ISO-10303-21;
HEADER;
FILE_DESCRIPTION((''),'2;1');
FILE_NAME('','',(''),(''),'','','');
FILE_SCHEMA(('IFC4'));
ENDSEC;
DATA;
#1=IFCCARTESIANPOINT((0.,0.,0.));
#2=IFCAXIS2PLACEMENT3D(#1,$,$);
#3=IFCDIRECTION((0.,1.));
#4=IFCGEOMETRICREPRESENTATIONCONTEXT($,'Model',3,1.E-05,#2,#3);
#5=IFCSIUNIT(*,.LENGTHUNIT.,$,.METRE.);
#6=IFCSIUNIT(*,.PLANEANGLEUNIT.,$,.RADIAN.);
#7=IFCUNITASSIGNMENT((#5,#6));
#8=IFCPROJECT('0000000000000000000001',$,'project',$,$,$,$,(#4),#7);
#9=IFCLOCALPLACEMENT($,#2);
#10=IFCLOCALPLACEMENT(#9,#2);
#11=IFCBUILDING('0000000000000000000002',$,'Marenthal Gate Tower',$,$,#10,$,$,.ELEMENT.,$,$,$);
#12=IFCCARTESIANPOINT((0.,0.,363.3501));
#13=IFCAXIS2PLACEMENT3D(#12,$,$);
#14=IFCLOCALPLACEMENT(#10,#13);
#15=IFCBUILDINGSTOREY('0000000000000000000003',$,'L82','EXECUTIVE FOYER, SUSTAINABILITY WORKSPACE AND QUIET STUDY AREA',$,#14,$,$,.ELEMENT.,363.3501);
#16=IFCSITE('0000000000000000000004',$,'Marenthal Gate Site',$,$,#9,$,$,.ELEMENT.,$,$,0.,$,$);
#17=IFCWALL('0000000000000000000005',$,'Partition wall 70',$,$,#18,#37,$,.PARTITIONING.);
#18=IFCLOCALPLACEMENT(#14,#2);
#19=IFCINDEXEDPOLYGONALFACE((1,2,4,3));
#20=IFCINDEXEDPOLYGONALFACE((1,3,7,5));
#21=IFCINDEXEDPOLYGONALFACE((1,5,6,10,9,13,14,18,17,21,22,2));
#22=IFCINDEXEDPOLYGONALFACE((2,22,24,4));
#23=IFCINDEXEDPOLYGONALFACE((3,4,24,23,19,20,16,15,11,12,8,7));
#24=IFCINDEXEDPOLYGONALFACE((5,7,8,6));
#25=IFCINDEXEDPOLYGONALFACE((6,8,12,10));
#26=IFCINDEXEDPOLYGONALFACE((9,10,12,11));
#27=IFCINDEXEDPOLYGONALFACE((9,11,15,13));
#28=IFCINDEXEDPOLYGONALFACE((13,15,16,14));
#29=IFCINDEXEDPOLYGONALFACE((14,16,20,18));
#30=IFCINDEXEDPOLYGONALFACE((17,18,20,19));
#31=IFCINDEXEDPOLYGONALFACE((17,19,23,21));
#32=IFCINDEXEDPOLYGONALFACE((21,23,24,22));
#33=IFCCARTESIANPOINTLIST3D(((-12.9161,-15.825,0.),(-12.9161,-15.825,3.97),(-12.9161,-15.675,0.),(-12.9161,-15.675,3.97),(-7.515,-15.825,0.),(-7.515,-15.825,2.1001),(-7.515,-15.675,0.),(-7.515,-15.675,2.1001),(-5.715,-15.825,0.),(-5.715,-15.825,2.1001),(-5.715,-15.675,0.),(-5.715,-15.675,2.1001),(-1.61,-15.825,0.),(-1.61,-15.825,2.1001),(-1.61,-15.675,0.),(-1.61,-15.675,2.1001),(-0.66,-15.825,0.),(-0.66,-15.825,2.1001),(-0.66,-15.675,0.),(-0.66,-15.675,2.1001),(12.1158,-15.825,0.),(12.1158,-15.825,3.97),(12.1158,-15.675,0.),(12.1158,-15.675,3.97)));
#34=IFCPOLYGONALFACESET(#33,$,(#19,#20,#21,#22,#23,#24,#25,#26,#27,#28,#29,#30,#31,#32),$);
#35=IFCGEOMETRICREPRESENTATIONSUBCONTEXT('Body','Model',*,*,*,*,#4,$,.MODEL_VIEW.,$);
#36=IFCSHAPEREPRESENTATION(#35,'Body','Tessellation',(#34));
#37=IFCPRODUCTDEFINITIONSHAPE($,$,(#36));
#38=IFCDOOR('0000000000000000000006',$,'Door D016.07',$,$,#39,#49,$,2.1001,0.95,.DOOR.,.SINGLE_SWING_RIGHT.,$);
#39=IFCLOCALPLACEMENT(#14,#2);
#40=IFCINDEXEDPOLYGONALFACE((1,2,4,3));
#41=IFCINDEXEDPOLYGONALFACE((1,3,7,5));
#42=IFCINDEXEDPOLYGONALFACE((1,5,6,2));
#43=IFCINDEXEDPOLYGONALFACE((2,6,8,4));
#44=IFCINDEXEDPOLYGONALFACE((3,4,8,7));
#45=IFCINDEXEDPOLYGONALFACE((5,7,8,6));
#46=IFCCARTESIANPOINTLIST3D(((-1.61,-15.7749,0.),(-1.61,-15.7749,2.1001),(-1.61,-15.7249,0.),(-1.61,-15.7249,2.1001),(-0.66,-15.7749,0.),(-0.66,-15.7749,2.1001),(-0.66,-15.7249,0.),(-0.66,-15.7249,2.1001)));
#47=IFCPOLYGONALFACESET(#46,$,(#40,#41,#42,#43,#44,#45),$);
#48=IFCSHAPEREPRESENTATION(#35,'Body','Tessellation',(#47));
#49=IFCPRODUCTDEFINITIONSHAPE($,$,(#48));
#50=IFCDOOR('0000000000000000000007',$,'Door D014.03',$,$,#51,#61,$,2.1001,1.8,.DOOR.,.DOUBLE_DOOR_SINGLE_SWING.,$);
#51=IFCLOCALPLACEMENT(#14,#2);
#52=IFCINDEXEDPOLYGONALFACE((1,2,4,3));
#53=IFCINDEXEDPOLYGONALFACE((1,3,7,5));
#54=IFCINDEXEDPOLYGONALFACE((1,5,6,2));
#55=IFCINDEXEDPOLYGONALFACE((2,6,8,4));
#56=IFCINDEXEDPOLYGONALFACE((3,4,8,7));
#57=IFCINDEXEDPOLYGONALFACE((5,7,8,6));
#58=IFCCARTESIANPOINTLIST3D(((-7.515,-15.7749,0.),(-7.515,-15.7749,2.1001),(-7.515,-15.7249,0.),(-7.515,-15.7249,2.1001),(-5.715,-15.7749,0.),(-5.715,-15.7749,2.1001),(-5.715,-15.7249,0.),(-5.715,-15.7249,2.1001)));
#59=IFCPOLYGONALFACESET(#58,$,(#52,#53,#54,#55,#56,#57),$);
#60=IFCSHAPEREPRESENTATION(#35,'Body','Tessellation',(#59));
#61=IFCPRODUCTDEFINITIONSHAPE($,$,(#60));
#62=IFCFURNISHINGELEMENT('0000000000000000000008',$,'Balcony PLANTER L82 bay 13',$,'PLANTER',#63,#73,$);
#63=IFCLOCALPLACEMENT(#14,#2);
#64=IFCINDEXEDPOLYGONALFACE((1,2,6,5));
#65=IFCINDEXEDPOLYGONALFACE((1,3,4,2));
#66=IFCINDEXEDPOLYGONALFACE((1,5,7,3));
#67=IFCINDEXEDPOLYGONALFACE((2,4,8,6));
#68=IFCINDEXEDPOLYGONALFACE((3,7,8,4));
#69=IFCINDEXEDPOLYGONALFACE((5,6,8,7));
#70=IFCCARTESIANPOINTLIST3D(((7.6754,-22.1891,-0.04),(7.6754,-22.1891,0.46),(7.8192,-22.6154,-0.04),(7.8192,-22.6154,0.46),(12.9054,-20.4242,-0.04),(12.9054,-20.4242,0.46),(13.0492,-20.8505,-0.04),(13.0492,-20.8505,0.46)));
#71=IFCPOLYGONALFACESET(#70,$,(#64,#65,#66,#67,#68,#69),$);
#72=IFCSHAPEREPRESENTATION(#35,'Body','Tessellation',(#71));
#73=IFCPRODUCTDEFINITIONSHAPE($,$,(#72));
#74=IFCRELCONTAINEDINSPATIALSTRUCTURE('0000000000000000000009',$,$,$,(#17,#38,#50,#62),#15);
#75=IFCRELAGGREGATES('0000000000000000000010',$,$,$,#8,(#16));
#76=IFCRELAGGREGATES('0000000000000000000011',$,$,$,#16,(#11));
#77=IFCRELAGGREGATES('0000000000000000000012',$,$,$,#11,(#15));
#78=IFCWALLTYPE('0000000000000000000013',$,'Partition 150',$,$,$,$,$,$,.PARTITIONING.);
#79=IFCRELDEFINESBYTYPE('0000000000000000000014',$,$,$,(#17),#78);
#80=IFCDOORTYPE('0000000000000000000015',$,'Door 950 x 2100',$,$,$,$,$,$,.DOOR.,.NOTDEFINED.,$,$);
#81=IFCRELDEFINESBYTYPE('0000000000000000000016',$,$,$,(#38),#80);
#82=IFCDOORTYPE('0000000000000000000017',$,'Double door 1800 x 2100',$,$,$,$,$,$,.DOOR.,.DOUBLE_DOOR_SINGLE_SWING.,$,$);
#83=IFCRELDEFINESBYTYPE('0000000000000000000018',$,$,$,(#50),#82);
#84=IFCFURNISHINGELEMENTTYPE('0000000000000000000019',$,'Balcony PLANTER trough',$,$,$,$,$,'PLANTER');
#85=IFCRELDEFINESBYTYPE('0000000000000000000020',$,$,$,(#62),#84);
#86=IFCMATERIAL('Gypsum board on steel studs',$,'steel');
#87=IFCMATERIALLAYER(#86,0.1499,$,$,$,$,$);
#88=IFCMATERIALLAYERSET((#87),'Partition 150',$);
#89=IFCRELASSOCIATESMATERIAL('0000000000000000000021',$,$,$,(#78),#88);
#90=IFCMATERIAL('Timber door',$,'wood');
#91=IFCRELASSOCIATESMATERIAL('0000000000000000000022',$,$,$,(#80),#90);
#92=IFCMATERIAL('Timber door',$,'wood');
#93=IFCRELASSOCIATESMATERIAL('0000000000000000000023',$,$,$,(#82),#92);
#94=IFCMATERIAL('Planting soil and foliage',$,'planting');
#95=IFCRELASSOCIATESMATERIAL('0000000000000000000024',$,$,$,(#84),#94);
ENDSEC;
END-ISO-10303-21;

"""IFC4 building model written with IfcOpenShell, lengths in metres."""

from ifc_helpers import new_model, si_unit, direction, frame, frame_2d, origin, origin_2d, place, context, subcontext, project, spatial, rectangle, extrude, material, layer, layer_set, type_object, element, fill, save


model = new_model("IFC4")

# Units and contexts
model_context = context("Model", 3, precision=1e-05, world=origin(), true_north=direction((0.0, 1.0)))
body_context = subcontext(model_context, "Body", "Model", "MODEL_VIEW")
ifc_project = project(units=[si_unit("LENGTHUNIT", "METRE"), si_unit("PLANEANGLEUNIT", "RADIAN")], contexts=[model_context])

# Site, building, storey
site_placement = place(None, origin())
site = spatial("IfcSite", under=ifc_project, at=site_placement, Name="Marenthal Gate Site", CompositionType="ELEMENT", RefElevation=0.0)
building_placement = place(site_placement, origin())
building = spatial("IfcBuilding", under=site, at=building_placement, Name="Marenthal Gate Tower", CompositionType="ELEMENT")
storey_placement = place(building_placement, frame((0.0, 0.0, 363.3501)))
storey = spatial("IfcBuildingStorey", under=building, at=storey_placement, Name="L82", Description="EXECUTIVE FOYER, SUSTAINABILITY WORKSPACE AND QUIET STUDY AREA", CompositionType="ELEMENT", Elevation=363.3501)

# Shared definitions
ifc_material_1 = material(Name="Gypsum board on steel studs", Category="steel")
ifc_layer_1 = layer(ifc_material_1, 0.1499)
ifc_layer_set_1 = layer_set([ifc_layer_1], Name="Partition 150")
wall_type_1 = type_object("IfcWallType", Name="Partition 150", PredefinedType="PARTITIONING", material=ifc_layer_set_1)

# Wall, openings, doors
wall_1_placement = place(storey_placement, frame((12.116, -15.75, 0.0), z_axis=(0.0, 0.0, 1.0), x_axis=(-1.0, 0.0, 0.0)))
wall_1 = element("IfcWall", 1, at=wall_1_placement, inside=storey, type_object=wall_type_1, Name="Partition wall 70", PredefinedType="PARTITIONING", context=body_context, shape_type="SweptSolid", body=[
    extrude(rectangle(XDim=25.032, YDim=0.1499, at=frame_2d((12.5161, 0.0))), origin(), (0.0, 0.0, 1.0), 3.97),
])
opening_1_placement = place(wall_1_placement, frame((12.7759, 0.0, 0.0)))
opening_1 = element("IfcOpeningElement", 2, at=opening_1_placement, cuts=wall_1, PredefinedType="OPENING", context=body_context, shape_type="SweptSolid", body=[
    extrude(rectangle(XDim=0.95, YDim=2.1001, at=frame_2d((0.4751, 1.05))), frame((0.0, 0.085, 0.0), z_axis=(0.0, -1.0, 0.0), x_axis=(1.0, 0.0, 0.0)), (0.0, 0.0, 1.0), 0.1699),
])
opening_2_placement = place(wall_1_placement, frame((17.8311, 0.0, 0.0)))
opening_2 = element("IfcOpeningElement", 3, at=opening_2_placement, cuts=wall_1, PredefinedType="OPENING", context=body_context, shape_type="SweptSolid", body=[
    extrude(rectangle(XDim=1.8, YDim=2.1001, at=frame_2d((0.8999, 1.05))), frame((0.0, 0.085, 0.0), z_axis=(0.0, -1.0, 0.0), x_axis=(1.0, 0.0, 0.0)), (0.0, 0.0, 1.0), 0.1699),
])
ifc_material_2 = material(Name="Timber door", Category="wood")
door_type_1 = type_object("IfcDoorType", Name="Door 950 x 2100", OperationType="NOTDEFINED", PredefinedType="DOOR", material=ifc_material_2)
door_1_placement = place(opening_1_placement, origin())
door_1 = element("IfcDoor", 4, at=door_1_placement, inside=storey, type_object=door_type_1, Name="Door D016.07", OperationType="SINGLE_SWING_RIGHT", OverallHeight=2.1001, OverallWidth=0.95, PredefinedType="DOOR", context=body_context, shape_type="SweptSolid", body=[
    extrude(rectangle(XDim=0.95, YDim=2.1001, at=frame_2d((0.4751, 1.05))), frame((0.0, 0.0249, 0.0), z_axis=(0.0, -1.0, 0.0), x_axis=(1.0, 0.0, 0.0)), (0.0, 0.0, 1.0), 0.05),
])
fill(opening_1, door_1)
ifc_material_3 = material(Name="Timber door", Category="wood")
door_type_2 = type_object("IfcDoorType", Name="Double door 1800 x 2100", OperationType="DOUBLE_DOOR_SINGLE_SWING", PredefinedType="DOOR", material=ifc_material_3)
door_2_placement = place(opening_2_placement, origin())
door_2 = element("IfcDoor", 5, at=door_2_placement, inside=storey, type_object=door_type_2, Name="Door D014.03", OperationType="DOUBLE_DOOR_SINGLE_SWING", OverallHeight=2.1001, OverallWidth=1.8, PredefinedType="DOOR", context=body_context, shape_type="SweptSolid", body=[
    extrude(rectangle(XDim=1.8, YDim=2.1001, at=frame_2d((0.8999, 1.05))), frame((0.0, 0.0249, 0.0), z_axis=(0.0, -1.0, 0.0), x_axis=(1.0, 0.0, 0.0)), (0.0, 0.0, 1.0), 0.05),
])
fill(opening_2, door_2)

# Furnishing element
ifc_material_4 = material(Name="Planting soil and foliage", Category="planting")
furnishing_element_type = type_object("IfcFurnishingElementType", Name="Balcony PLANTER trough", ElementType="PLANTER", material=ifc_material_4)
furnishing_placement = place(storey_placement, frame((10.3623, -21.5198, -0.04), z_axis=(0.0, 0.0, 1.0), x_axis=(0.947505, 0.31974, 0.0)))
element("IfcFurnishingElement", 6, at=furnishing_placement, inside=storey, type_object=furnishing_element_type, Name="Balcony PLANTER L82 bay 13", ObjectType="PLANTER", context=body_context, shape_type="SweptSolid", body=[
    extrude(rectangle(XDim=5.5198, YDim=0.45, at=origin_2d()), origin(), (0.0, 0.0, 1.0), 0.5),
])

save(model, "model.ifc")
